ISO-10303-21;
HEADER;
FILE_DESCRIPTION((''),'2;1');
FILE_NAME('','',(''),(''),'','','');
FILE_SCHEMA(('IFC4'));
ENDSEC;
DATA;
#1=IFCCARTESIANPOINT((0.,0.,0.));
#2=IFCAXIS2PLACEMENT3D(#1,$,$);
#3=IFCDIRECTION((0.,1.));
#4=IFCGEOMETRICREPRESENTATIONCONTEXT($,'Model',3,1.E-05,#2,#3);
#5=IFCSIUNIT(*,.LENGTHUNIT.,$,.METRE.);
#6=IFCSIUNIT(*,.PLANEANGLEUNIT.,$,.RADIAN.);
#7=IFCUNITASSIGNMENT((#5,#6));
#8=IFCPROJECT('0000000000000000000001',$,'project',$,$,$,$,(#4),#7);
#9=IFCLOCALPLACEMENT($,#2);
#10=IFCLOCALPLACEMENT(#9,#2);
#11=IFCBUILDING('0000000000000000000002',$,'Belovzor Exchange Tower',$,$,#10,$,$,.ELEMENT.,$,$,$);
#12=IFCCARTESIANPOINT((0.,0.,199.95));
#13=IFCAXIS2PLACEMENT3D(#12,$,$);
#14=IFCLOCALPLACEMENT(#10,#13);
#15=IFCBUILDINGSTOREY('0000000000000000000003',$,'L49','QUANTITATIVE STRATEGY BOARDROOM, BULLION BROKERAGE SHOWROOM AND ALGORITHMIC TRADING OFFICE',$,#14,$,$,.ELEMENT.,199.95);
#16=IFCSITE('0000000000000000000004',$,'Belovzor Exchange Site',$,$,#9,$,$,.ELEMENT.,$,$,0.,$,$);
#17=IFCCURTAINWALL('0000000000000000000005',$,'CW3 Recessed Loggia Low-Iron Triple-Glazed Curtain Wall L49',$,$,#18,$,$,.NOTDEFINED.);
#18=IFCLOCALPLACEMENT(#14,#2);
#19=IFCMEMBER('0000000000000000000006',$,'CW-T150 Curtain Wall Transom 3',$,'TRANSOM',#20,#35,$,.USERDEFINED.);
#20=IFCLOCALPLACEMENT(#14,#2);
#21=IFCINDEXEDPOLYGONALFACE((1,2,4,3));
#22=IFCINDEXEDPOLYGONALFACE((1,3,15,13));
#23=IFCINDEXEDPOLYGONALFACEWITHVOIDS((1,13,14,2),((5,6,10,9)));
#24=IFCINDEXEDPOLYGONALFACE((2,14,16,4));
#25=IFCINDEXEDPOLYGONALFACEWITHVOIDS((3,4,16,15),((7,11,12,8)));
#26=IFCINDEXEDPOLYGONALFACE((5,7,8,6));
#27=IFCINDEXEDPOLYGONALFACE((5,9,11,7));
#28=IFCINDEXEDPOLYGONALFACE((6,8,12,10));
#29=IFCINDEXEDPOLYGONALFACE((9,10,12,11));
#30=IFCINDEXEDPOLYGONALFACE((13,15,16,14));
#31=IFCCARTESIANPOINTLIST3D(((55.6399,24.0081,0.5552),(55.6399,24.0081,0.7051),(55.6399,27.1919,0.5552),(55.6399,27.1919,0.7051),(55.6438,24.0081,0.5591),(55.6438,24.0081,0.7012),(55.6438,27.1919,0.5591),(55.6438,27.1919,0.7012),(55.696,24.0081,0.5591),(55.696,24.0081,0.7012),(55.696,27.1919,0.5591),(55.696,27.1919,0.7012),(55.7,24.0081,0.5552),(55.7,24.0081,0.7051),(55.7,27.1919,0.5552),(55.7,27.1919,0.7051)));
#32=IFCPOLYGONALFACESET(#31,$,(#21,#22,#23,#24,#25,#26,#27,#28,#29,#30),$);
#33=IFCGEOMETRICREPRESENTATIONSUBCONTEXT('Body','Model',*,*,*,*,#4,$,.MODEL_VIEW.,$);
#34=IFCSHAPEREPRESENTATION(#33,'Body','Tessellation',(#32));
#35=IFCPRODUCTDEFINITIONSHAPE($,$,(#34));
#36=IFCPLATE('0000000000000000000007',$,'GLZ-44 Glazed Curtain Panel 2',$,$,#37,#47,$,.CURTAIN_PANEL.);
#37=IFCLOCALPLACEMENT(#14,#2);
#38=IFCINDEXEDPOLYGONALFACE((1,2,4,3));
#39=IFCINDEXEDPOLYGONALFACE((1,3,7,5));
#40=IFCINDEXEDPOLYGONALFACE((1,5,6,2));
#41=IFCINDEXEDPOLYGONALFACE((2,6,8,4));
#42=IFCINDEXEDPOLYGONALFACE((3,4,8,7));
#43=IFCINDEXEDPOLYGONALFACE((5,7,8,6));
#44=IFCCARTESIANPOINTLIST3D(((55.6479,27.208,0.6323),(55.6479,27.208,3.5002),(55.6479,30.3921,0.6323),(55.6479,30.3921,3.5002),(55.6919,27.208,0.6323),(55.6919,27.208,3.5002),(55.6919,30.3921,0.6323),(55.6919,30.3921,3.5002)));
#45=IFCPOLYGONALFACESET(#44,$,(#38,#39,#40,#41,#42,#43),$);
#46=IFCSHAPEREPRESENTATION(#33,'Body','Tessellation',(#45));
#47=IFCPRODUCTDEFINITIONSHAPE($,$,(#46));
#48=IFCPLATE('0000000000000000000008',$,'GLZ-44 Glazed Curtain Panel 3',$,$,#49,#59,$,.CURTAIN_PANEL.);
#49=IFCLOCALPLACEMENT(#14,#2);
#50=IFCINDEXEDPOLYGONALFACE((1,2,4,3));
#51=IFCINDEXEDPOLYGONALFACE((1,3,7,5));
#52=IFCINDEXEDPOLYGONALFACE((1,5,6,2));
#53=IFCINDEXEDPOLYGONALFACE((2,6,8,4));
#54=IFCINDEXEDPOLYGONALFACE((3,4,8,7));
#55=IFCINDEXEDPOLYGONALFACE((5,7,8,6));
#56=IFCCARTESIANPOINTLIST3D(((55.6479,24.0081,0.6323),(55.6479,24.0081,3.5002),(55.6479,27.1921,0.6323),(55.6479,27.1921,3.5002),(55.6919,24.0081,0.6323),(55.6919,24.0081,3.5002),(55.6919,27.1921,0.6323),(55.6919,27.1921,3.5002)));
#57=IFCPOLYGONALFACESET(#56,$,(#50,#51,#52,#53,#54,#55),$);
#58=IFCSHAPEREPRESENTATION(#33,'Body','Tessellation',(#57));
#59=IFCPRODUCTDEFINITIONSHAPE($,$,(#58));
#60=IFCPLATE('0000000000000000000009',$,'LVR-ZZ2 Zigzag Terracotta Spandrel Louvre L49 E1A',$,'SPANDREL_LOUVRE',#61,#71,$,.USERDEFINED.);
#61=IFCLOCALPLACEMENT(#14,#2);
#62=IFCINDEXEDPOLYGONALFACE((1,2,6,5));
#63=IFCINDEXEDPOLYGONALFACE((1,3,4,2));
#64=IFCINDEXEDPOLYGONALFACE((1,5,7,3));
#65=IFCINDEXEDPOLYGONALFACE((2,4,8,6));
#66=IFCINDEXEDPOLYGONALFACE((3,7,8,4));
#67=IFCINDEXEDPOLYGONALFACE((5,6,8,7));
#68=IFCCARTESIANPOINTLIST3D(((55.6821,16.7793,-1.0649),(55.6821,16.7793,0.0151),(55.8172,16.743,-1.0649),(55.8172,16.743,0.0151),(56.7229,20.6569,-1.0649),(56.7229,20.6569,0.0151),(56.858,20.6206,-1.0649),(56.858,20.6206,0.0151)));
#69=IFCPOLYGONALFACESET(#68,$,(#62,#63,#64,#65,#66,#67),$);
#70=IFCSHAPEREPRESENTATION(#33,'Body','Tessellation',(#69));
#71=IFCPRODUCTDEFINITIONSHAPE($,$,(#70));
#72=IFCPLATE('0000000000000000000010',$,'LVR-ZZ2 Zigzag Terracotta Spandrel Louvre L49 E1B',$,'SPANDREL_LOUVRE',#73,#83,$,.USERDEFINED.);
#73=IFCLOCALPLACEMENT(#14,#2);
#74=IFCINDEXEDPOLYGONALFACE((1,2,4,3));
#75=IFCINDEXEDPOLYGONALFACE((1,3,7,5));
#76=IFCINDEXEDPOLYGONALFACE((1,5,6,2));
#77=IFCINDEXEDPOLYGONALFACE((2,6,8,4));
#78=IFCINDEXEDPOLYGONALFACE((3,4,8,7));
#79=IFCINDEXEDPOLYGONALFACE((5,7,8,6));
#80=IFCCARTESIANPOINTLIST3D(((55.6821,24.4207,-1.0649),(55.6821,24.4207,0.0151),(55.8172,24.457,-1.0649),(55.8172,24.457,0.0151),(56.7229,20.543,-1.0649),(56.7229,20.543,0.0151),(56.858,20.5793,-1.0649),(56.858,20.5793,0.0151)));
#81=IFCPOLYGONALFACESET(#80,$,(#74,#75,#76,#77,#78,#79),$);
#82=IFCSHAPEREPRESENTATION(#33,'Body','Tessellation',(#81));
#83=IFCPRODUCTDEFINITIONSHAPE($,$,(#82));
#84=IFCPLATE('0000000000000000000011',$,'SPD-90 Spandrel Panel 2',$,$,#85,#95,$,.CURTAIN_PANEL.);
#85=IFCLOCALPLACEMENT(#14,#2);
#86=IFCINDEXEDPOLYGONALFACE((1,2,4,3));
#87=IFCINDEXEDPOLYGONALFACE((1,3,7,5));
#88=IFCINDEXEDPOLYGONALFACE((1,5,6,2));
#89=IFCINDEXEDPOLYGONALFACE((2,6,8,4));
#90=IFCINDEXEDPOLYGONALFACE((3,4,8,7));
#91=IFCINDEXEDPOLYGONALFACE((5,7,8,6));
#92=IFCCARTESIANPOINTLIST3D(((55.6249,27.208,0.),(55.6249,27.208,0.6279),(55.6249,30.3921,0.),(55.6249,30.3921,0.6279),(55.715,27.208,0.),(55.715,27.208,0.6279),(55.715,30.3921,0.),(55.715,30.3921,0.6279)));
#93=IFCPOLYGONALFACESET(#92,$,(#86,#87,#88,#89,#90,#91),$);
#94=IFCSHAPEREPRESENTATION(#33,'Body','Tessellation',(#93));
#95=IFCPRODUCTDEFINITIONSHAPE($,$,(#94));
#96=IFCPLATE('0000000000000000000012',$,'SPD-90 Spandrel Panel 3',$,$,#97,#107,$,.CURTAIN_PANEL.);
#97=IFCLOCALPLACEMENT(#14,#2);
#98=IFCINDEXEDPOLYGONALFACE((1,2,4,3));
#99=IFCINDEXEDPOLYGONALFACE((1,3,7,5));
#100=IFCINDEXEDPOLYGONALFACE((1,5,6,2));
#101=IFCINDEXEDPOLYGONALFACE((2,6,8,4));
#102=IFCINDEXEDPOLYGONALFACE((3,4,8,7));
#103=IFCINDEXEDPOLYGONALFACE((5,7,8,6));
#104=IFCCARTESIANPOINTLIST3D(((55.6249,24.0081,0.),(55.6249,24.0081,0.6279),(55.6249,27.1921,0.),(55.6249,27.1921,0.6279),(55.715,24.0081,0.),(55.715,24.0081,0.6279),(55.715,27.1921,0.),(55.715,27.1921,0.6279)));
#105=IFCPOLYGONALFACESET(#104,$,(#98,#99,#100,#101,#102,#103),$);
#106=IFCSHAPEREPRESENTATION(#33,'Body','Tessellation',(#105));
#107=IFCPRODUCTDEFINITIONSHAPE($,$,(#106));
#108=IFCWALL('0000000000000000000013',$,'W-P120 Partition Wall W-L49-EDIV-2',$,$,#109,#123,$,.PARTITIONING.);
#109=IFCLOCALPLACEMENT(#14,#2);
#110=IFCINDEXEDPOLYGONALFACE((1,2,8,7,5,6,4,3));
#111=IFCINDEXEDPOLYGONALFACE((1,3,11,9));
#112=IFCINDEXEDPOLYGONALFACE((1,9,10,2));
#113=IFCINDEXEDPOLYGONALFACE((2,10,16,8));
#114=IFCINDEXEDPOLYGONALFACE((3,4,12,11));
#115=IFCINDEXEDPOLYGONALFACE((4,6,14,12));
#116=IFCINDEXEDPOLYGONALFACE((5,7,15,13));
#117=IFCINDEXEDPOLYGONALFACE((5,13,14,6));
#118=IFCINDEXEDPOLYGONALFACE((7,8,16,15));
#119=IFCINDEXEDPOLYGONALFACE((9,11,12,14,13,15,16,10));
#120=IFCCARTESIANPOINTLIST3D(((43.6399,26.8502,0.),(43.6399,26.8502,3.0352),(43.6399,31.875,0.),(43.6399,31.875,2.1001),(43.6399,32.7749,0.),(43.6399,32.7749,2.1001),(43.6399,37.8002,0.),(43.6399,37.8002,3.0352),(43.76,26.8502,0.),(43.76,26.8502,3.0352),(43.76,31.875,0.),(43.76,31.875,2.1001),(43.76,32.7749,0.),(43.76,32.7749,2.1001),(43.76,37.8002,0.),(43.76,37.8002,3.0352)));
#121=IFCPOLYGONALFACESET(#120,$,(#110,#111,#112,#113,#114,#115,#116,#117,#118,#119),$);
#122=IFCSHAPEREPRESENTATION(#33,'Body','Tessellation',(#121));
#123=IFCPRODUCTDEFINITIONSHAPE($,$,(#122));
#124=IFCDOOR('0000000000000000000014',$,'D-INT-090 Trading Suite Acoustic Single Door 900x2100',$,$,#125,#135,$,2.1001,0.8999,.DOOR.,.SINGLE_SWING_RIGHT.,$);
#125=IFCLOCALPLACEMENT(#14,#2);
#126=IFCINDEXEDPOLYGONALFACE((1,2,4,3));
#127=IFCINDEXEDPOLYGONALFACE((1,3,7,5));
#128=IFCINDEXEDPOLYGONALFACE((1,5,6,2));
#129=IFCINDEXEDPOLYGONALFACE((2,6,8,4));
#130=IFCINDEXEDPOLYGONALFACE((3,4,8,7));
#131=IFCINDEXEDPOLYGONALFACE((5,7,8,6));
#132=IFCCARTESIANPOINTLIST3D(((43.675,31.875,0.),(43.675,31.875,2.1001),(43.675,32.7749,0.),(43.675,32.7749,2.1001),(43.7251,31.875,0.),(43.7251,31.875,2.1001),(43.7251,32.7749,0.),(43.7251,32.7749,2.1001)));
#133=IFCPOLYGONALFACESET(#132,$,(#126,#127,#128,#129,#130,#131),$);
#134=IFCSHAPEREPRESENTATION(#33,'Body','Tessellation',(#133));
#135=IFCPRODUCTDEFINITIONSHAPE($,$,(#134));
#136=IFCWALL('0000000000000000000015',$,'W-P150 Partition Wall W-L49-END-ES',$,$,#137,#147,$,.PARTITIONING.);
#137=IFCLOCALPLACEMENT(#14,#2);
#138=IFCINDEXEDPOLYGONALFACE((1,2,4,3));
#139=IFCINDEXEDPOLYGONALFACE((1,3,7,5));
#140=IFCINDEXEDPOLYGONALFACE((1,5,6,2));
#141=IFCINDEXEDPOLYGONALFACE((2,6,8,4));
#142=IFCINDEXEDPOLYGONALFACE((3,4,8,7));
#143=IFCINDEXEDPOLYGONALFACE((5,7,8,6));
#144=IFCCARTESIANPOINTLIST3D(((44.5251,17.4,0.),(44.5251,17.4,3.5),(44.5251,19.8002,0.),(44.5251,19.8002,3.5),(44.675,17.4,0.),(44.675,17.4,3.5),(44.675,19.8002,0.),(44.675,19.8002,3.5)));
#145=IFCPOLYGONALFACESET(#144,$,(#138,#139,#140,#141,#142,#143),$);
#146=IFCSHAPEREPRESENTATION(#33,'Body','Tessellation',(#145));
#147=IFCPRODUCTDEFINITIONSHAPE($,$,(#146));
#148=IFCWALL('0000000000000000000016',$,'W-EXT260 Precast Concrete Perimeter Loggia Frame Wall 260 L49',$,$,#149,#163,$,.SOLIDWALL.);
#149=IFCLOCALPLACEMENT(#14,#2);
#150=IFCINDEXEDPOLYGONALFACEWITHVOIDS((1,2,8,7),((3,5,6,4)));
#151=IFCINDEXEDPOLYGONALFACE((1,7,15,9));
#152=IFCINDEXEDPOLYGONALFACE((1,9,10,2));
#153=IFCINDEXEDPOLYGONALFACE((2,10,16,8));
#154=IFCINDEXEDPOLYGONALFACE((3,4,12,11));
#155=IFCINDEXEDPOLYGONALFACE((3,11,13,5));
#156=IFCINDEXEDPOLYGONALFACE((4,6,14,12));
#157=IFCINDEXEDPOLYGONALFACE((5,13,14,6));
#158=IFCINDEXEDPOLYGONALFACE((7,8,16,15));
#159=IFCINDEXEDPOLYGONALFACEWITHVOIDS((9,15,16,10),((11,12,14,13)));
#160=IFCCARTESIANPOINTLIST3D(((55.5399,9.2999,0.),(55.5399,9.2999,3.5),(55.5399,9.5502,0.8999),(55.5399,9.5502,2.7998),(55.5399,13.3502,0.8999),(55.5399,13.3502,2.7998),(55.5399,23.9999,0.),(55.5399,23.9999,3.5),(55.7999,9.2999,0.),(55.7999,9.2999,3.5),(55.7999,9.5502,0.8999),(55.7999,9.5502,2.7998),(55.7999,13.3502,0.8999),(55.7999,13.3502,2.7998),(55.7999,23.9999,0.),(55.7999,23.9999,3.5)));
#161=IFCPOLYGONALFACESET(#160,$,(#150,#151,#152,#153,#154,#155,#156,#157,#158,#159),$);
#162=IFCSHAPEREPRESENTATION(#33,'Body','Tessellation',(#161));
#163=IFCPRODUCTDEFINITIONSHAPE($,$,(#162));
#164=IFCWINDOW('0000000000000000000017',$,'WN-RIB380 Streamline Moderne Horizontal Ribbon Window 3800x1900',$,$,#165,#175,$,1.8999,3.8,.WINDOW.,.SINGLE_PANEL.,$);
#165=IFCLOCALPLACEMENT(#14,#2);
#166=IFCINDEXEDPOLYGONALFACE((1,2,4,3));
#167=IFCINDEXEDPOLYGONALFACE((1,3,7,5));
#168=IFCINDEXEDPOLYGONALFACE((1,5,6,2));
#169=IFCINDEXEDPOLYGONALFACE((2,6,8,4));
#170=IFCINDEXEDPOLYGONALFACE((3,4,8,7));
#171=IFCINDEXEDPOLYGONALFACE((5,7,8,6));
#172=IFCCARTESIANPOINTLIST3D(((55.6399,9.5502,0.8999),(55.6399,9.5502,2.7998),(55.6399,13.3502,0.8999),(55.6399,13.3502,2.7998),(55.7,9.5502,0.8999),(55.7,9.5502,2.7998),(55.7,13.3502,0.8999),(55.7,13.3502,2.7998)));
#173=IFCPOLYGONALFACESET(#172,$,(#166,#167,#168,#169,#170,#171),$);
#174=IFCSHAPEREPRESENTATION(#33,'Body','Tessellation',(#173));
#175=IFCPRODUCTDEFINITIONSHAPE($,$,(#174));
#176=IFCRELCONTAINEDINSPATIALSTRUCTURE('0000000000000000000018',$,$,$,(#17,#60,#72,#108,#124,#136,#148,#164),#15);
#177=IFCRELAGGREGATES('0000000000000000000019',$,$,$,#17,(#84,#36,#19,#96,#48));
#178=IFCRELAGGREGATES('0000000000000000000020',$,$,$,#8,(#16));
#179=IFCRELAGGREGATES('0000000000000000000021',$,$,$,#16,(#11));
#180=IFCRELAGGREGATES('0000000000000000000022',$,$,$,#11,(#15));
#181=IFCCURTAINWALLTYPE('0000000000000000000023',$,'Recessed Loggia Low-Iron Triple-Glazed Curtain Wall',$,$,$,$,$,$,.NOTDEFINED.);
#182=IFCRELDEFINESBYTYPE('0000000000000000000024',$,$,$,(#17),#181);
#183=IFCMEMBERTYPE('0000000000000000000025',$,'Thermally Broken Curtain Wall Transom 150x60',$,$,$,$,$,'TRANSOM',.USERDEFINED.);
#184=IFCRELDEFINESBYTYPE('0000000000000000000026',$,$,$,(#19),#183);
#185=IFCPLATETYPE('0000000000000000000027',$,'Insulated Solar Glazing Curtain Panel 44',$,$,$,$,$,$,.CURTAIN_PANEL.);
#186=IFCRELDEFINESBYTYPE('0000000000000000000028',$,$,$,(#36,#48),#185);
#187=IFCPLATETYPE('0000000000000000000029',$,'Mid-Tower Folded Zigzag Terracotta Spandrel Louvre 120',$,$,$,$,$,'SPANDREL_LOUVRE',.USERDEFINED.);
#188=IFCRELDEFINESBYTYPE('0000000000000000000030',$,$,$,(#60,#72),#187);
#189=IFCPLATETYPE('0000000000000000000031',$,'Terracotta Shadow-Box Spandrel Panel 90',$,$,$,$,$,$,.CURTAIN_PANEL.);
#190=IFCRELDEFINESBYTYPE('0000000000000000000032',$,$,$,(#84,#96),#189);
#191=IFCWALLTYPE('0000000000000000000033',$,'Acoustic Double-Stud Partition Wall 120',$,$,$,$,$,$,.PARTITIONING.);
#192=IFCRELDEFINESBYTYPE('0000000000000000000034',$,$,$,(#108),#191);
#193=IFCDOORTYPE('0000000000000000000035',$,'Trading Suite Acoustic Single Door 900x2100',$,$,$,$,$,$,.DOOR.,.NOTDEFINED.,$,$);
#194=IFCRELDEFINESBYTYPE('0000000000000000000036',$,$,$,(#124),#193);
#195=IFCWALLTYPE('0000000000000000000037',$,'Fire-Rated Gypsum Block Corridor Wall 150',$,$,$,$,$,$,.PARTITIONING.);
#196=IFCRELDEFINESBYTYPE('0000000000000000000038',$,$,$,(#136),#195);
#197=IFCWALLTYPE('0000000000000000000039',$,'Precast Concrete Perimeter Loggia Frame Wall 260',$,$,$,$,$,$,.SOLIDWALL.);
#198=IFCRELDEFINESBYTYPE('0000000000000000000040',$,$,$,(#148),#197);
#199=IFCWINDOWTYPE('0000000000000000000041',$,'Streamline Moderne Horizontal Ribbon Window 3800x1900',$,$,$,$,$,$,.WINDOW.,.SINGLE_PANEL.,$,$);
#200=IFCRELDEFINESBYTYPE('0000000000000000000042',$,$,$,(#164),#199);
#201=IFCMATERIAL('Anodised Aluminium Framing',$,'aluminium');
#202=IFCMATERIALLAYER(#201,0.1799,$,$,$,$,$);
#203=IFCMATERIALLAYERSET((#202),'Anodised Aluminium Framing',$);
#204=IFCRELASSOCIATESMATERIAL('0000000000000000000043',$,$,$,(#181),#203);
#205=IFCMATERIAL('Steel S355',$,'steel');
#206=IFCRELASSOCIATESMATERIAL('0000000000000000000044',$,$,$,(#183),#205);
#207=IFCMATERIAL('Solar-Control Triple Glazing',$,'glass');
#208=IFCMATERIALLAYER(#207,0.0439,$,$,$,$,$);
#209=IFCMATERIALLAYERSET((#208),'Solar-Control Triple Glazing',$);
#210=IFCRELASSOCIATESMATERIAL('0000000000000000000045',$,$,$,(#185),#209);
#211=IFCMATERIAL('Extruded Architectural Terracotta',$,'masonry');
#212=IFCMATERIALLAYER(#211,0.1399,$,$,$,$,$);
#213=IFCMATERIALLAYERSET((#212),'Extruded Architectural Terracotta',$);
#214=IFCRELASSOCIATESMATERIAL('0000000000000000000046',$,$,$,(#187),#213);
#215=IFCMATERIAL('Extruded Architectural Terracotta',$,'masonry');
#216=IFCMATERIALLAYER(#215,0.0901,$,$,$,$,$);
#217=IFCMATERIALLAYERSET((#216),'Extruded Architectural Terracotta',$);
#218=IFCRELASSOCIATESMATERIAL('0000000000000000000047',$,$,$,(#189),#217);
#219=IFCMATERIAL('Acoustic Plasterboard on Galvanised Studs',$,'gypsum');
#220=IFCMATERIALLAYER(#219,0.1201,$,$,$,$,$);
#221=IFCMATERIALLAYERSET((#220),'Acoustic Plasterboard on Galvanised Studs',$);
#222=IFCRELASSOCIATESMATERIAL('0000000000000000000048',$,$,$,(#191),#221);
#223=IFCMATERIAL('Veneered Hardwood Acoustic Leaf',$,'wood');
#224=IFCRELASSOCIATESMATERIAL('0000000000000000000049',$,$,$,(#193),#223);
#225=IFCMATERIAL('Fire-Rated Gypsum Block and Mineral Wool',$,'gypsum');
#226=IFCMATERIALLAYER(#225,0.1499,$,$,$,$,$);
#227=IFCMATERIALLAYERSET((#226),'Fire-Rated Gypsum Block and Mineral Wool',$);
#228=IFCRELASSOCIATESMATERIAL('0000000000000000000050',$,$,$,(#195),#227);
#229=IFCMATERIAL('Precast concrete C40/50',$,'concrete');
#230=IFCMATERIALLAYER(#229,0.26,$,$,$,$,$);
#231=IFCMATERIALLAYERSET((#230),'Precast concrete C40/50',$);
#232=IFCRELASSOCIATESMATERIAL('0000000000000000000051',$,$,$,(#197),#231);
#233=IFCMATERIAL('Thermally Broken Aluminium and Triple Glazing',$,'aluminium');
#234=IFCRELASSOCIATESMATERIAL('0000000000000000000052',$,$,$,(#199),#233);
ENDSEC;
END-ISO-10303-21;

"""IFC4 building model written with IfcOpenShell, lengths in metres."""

from ifc_helpers import new_model, si_unit, direction, frame, frame_2d, origin, origin_2d, place, context, subcontext, project, spatial, rectangle, hollow_rectangle, extrude, material, layer, layer_set, material_profile, profile_set, type_object, element, fill, aggregate, save


model = new_model("IFC4")

# Units and contexts
model_context = context("Model", 3, precision=1e-05, world=origin(), true_north=direction((0.0, 1.0)))
body_context = subcontext(model_context, "Body", "Model", "MODEL_VIEW")
ifc_project = project(units=[si_unit("LENGTHUNIT", "METRE"), si_unit("PLANEANGLEUNIT", "RADIAN")], contexts=[model_context])

# Site, building, storey
site_placement = place(None, origin())
site = spatial("IfcSite", under=ifc_project, at=site_placement, Name="Belovzor Exchange Site", CompositionType="ELEMENT", RefElevation=0.0)
building_placement = place(site_placement, origin())
building = spatial("IfcBuilding", under=site, at=building_placement, Name="Belovzor Exchange Tower", CompositionType="ELEMENT")
storey_placement = place(building_placement, frame((0.0, 0.0, 199.95)))
storey = spatial("IfcBuildingStorey", under=building, at=storey_placement, Name="L49", Description="QUANTITATIVE STRATEGY BOARDROOM, BULLION BROKERAGE SHOWROOM AND ALGORITHMIC TRADING OFFICE", CompositionType="ELEMENT", Elevation=199.95)

# Curtain wall, member, plates
ifc_material_1 = material(Name="Anodised Aluminium Framing", Category="aluminium")
ifc_layer_1 = layer(ifc_material_1, 0.1799)
ifc_layer_set_1 = layer_set([ifc_layer_1], Name="Anodised Aluminium Framing")
curtain_wall_type = type_object("IfcCurtainWallType", Name="Recessed Loggia Low-Iron Triple-Glazed Curtain Wall", PredefinedType="NOTDEFINED", material=ifc_layer_set_1)
curtain_wall_placement = place(storey_placement, origin())
curtain_wall = element("IfcCurtainWall", 1, at=curtain_wall_placement, inside=storey, type_object=curtain_wall_type, Name="CW3 Recessed Loggia Low-Iron Triple-Glazed Curtain Wall L49", PredefinedType="NOTDEFINED")
ifc_material_2 = material(Name="Steel S355", Category="steel")
ifc_material_profile_1 = material_profile(ifc_material_2, hollow_rectangle(XDim=0.0601, YDim=0.1499, WallThickness=0.0039, at=origin_2d()))
ifc_profile_set_1 = profile_set([ifc_material_profile_1], Name="Steel S355")
member_type_1 = type_object("IfcMemberType", Name="Thermally Broken Curtain Wall Transom 150x60", ElementType="TRANSOM", PredefinedType="USERDEFINED", material=ifc_profile_set_1)
member_1_placement = place(storey_placement, frame((55.6699, 27.1919, 0.6301), z_axis=(0.0, -1.0, 0.0), x_axis=(1.0, 0.0, 0.0)))
member_1 = element("IfcMember", 2, at=member_1_placement, type_object=member_type_1, Name="CW-T150 Curtain Wall Transom 3", ObjectType="TRANSOM", PredefinedType="USERDEFINED", context=body_context, shape_type="SweptSolid", body=[
    extrude(hollow_rectangle(XDim=0.0601, YDim=0.1499, WallThickness=0.0039, at=origin_2d()), origin(), (0.0, 0.0, 1.0), 3.1838),
])
ifc_material_3 = material(Name="Solar-Control Triple Glazing", Category="glass")
ifc_layer_2 = layer(ifc_material_3, 0.0439)
ifc_layer_set_2 = layer_set([ifc_layer_2], Name="Solar-Control Triple Glazing")
plate_type_1 = type_object("IfcPlateType", Name="Insulated Solar Glazing Curtain Panel 44", PredefinedType="CURTAIN_PANEL", material=ifc_layer_set_2)
plate_1_placement = place(storey_placement, frame((55.6699, 28.8, 0.6323), z_axis=(0.0, 0.0, 1.0), x_axis=(0.0, -1.0, 0.0)))
plate_1 = element("IfcPlate", 3, at=plate_1_placement, type_object=plate_type_1, Name="GLZ-44 Glazed Curtain Panel 2", PredefinedType="CURTAIN_PANEL", context=body_context, shape_type="SweptSolid", body=[
    extrude(rectangle(XDim=3.1841, YDim=0.0439, at=origin_2d()), origin(), (0.0, 0.0, 1.0), 2.8679),
])
plate_2_placement = place(storey_placement, frame((55.6699, 25.6001, 0.6323), z_axis=(0.0, 0.0, 1.0), x_axis=(0.0, -1.0, 0.0)))
plate_2 = element("IfcPlate", 4, at=plate_2_placement, type_object=plate_type_1, Name="GLZ-44 Glazed Curtain Panel 3", PredefinedType="CURTAIN_PANEL", context=body_context, shape_type="SweptSolid", body=[
    extrude(rectangle(XDim=3.1841, YDim=0.0439, at=origin_2d()), origin(), (0.0, 0.0, 1.0), 2.8679),
])

# Plates
ifc_material_4 = material(Name="Extruded Architectural Terracotta", Category="masonry")
ifc_layer_3 = layer(ifc_material_4, 0.1399)
ifc_layer_set_3 = layer_set([ifc_layer_3], Name="Extruded Architectural Terracotta")
plate_type_2 = type_object("IfcPlateType", Name="Mid-Tower Folded Zigzag Terracotta Spandrel Louvre 120", ElementType="SPANDREL_LOUVRE", PredefinedType="USERDEFINED", material=ifc_layer_set_3)
for number, where, z_axis, x_axis, name in (
    (5, (56.27, 18.7, -1.0649), (0.0, 0.0, 1.0), (0.25924, 0.965813, 0.0), "LVR-ZZ2 Zigzag Terracotta Spandrel Louvre L49 E1A"),
    (6, (56.27, 22.5, -1.0649), (0.0, 0.0, 1.0), (-0.25924, 0.965813, 0.0), "LVR-ZZ2 Zigzag Terracotta Spandrel Louvre L49 E1B"),
):
    element("IfcPlate", number, at=place(storey_placement, frame(where, z_axis=z_axis, x_axis=x_axis)), inside=storey, type_object=plate_type_2, Name=name, ObjectType="SPANDREL_LOUVRE", PredefinedType="USERDEFINED", context=body_context, shape_type="SweptSolid", body=[
        extrude(rectangle(XDim=4.0149, YDim=0.1399, at=origin_2d()), origin(), (0.0, 0.0, 1.0), 1.0801),
    ])

# Plates
ifc_material_5 = material(Name="Extruded Architectural Terracotta", Category="masonry")
ifc_layer_4 = layer(ifc_material_5, 0.0901)
ifc_layer_set_4 = layer_set([ifc_layer_4], Name="Extruded Architectural Terracotta")
plate_type_3 = type_object("IfcPlateType", Name="Terracotta Shadow-Box Spandrel Panel 90", PredefinedType="CURTAIN_PANEL", material=ifc_layer_set_4)
plate_3_placement = place(storey_placement, frame((55.6699, 28.8, 0.0), z_axis=(0.0, 0.0, 1.0), x_axis=(0.0, -1.0, 0.0)))
plate_3 = element("IfcPlate", 7, at=plate_3_placement, type_object=plate_type_3, Name="SPD-90 Spandrel Panel 2", PredefinedType="CURTAIN_PANEL", context=body_context, shape_type="SweptSolid", body=[
    extrude(rectangle(XDim=3.1841, YDim=0.0901, at=origin_2d()), origin(), (0.0, 0.0, 1.0), 0.6279),
])
plate_4_placement = place(storey_placement, frame((55.6699, 25.6001, 0.0), z_axis=(0.0, 0.0, 1.0), x_axis=(0.0, -1.0, 0.0)))
plate_4 = element("IfcPlate", 8, at=plate_4_placement, type_object=plate_type_3, Name="SPD-90 Spandrel Panel 3", PredefinedType="CURTAIN_PANEL", context=body_context, shape_type="SweptSolid", body=[
    extrude(rectangle(XDim=3.1841, YDim=0.0901, at=origin_2d()), origin(), (0.0, 0.0, 1.0), 0.6279),
])
aggregate(curtain_wall, [plate_3, plate_1, member_1, plate_4, plate_2])

# Wall, opening, door
ifc_material_6 = material(Name="Acoustic Plasterboard on Galvanised Studs", Category="gypsum")
ifc_layer_5 = layer(ifc_material_6, 0.1201)
ifc_layer_set_5 = layer_set([ifc_layer_5], Name="Acoustic Plasterboard on Galvanised Studs")
wall_type_1 = type_object("IfcWallType", Name="Acoustic Double-Stud Partition Wall 120", PredefinedType="PARTITIONING", material=ifc_layer_set_5)
wall_1_placement = place(storey_placement, frame((43.7, 26.8501, 0.0), z_axis=(0.0, 0.0, 1.0), x_axis=(0.0, 1.0, 0.0)))
wall_1 = element("IfcWall", 9, at=wall_1_placement, inside=storey, type_object=wall_type_1, Name="W-P120 Partition Wall W-L49-EDIV-2", PredefinedType="PARTITIONING", context=body_context, shape_type="SweptSolid", body=[
    extrude(rectangle(XDim=10.95, YDim=0.1201, at=frame_2d((5.4751, 0.0))), origin(), (0.0, 0.0, 1.0), 3.0352),
])
opening_1_placement = place(wall_1_placement, frame((5.0249, 0.0, 0.0)))
opening_1 = element("IfcOpeningElement", 10, at=opening_1_placement, cuts=wall_1, PredefinedType="OPENING", context=body_context, shape_type="SweptSolid", body=[
    extrude(rectangle(XDim=0.8999, YDim=2.1001, at=frame_2d((0.45, 1.05))), frame((0.0, 0.0701, 0.0), z_axis=(0.0, -1.0, 0.0), x_axis=(1.0, 0.0, 0.0)), (0.0, 0.0, 1.0), 0.1401),
])
ifc_material_7 = material(Name="Veneered Hardwood Acoustic Leaf", Category="wood")
door_type = type_object("IfcDoorType", Name="Trading Suite Acoustic Single Door 900x2100", OperationType="NOTDEFINED", PredefinedType="DOOR", material=ifc_material_7)
door_placement = place(opening_1_placement, origin())
door = element("IfcDoor", 11, at=door_placement, inside=storey, type_object=door_type, Name="D-INT-090 Trading Suite Acoustic Single Door 900x2100", OperationType="SINGLE_SWING_RIGHT", OverallHeight=2.1001, OverallWidth=0.8999, PredefinedType="DOOR", context=body_context, shape_type="SweptSolid", body=[
    extrude(rectangle(XDim=0.8999, YDim=2.1001, at=frame_2d((0.45, 1.05))), frame((0.0, 0.0249, 0.0), z_axis=(0.0, -1.0, 0.0), x_axis=(1.0, 0.0, 0.0)), (0.0, 0.0, 1.0), 0.05),
])
fill(opening_1, door)

# Wall
ifc_material_8 = material(Name="Fire-Rated Gypsum Block and Mineral Wool", Category="gypsum")
ifc_layer_6 = layer(ifc_material_8, 0.1499)
ifc_layer_set_6 = layer_set([ifc_layer_6], Name="Fire-Rated Gypsum Block and Mineral Wool")
wall_type_2 = type_object("IfcWallType", Name="Fire-Rated Gypsum Block Corridor Wall 150", PredefinedType="PARTITIONING", material=ifc_layer_set_6)
wall_2_placement = place(storey_placement, frame((44.6001, 17.3999, 0.0), z_axis=(0.0, 0.0, 1.0), x_axis=(0.0, 1.0, 0.0)))
element("IfcWall", 12, at=wall_2_placement, inside=storey, type_object=wall_type_2, Name="W-P150 Partition Wall W-L49-END-ES", PredefinedType="PARTITIONING", context=body_context, shape_type="SweptSolid", body=[
    extrude(rectangle(XDim=2.4001, YDim=0.1499, at=frame_2d((1.2002, 0.0))), origin(), (0.0, 0.0, 1.0), 3.5),
])

# Wall, opening, window
ifc_material_9 = material(Name="Precast concrete C40/50", Category="concrete")
ifc_layer_7 = layer(ifc_material_9, 0.26)
ifc_layer_set_7 = layer_set([ifc_layer_7], Name="Precast concrete C40/50")
wall_type_3 = type_object("IfcWallType", Name="Precast Concrete Perimeter Loggia Frame Wall 260", PredefinedType="SOLIDWALL", material=ifc_layer_set_7)
wall_3_placement = place(storey_placement, frame((55.6699, 24.0, 0.0), z_axis=(0.0, 0.0, 1.0), x_axis=(0.0, -1.0, 0.0)))
wall_3 = element("IfcWall", 13, at=wall_3_placement, inside=storey, type_object=wall_type_3, Name="W-EXT260 Precast Concrete Perimeter Loggia Frame Wall 260 L49", PredefinedType="SOLIDWALL", context=body_context, shape_type="SweptSolid", body=[
    extrude(rectangle(XDim=14.7, YDim=0.26, at=frame_2d((7.3501, 0.0))), origin(), (0.0, 0.0, 1.0), 3.5),
])
opening_2_placement = place(wall_3_placement, frame((10.6499, 0.0, 0.8999)))
opening_2 = element("IfcOpeningElement", 14, at=opening_2_placement, cuts=wall_3, PredefinedType="OPENING", context=body_context, shape_type="SweptSolid", body=[
    extrude(rectangle(XDim=3.8, YDim=1.8999, at=frame_2d((1.8999, 0.95))), frame((0.0, 0.1399, 0.0), z_axis=(0.0, -1.0, 0.0), x_axis=(1.0, 0.0, 0.0)), (0.0, 0.0, 1.0), 0.28),
])
ifc_material_10 = material(Name="Thermally Broken Aluminium and Triple Glazing", Category="aluminium")
window_type = type_object("IfcWindowType", Name="Streamline Moderne Horizontal Ribbon Window 3800x1900", PartitioningType="SINGLE_PANEL", PredefinedType="WINDOW", material=ifc_material_10)
window_placement = place(opening_2_placement, origin())
window = element("IfcWindow", 15, at=window_placement, inside=storey, type_object=window_type, Name="WN-RIB380 Streamline Moderne Horizontal Ribbon Window 3800x1900", OverallHeight=1.8999, OverallWidth=3.8, PartitioningType="SINGLE_PANEL", PredefinedType="WINDOW", context=body_context, shape_type="SweptSolid", body=[
    extrude(rectangle(XDim=3.8, YDim=1.8999, at=frame_2d((1.8999, 0.95))), frame((0.0, 0.03, 0.0), z_axis=(0.0, -1.0, 0.0), x_axis=(1.0, 0.0, 0.0)), (0.0, 0.0, 1.0), 0.0601),
])
fill(opening_2, window)

save(model, "model.ifc")
